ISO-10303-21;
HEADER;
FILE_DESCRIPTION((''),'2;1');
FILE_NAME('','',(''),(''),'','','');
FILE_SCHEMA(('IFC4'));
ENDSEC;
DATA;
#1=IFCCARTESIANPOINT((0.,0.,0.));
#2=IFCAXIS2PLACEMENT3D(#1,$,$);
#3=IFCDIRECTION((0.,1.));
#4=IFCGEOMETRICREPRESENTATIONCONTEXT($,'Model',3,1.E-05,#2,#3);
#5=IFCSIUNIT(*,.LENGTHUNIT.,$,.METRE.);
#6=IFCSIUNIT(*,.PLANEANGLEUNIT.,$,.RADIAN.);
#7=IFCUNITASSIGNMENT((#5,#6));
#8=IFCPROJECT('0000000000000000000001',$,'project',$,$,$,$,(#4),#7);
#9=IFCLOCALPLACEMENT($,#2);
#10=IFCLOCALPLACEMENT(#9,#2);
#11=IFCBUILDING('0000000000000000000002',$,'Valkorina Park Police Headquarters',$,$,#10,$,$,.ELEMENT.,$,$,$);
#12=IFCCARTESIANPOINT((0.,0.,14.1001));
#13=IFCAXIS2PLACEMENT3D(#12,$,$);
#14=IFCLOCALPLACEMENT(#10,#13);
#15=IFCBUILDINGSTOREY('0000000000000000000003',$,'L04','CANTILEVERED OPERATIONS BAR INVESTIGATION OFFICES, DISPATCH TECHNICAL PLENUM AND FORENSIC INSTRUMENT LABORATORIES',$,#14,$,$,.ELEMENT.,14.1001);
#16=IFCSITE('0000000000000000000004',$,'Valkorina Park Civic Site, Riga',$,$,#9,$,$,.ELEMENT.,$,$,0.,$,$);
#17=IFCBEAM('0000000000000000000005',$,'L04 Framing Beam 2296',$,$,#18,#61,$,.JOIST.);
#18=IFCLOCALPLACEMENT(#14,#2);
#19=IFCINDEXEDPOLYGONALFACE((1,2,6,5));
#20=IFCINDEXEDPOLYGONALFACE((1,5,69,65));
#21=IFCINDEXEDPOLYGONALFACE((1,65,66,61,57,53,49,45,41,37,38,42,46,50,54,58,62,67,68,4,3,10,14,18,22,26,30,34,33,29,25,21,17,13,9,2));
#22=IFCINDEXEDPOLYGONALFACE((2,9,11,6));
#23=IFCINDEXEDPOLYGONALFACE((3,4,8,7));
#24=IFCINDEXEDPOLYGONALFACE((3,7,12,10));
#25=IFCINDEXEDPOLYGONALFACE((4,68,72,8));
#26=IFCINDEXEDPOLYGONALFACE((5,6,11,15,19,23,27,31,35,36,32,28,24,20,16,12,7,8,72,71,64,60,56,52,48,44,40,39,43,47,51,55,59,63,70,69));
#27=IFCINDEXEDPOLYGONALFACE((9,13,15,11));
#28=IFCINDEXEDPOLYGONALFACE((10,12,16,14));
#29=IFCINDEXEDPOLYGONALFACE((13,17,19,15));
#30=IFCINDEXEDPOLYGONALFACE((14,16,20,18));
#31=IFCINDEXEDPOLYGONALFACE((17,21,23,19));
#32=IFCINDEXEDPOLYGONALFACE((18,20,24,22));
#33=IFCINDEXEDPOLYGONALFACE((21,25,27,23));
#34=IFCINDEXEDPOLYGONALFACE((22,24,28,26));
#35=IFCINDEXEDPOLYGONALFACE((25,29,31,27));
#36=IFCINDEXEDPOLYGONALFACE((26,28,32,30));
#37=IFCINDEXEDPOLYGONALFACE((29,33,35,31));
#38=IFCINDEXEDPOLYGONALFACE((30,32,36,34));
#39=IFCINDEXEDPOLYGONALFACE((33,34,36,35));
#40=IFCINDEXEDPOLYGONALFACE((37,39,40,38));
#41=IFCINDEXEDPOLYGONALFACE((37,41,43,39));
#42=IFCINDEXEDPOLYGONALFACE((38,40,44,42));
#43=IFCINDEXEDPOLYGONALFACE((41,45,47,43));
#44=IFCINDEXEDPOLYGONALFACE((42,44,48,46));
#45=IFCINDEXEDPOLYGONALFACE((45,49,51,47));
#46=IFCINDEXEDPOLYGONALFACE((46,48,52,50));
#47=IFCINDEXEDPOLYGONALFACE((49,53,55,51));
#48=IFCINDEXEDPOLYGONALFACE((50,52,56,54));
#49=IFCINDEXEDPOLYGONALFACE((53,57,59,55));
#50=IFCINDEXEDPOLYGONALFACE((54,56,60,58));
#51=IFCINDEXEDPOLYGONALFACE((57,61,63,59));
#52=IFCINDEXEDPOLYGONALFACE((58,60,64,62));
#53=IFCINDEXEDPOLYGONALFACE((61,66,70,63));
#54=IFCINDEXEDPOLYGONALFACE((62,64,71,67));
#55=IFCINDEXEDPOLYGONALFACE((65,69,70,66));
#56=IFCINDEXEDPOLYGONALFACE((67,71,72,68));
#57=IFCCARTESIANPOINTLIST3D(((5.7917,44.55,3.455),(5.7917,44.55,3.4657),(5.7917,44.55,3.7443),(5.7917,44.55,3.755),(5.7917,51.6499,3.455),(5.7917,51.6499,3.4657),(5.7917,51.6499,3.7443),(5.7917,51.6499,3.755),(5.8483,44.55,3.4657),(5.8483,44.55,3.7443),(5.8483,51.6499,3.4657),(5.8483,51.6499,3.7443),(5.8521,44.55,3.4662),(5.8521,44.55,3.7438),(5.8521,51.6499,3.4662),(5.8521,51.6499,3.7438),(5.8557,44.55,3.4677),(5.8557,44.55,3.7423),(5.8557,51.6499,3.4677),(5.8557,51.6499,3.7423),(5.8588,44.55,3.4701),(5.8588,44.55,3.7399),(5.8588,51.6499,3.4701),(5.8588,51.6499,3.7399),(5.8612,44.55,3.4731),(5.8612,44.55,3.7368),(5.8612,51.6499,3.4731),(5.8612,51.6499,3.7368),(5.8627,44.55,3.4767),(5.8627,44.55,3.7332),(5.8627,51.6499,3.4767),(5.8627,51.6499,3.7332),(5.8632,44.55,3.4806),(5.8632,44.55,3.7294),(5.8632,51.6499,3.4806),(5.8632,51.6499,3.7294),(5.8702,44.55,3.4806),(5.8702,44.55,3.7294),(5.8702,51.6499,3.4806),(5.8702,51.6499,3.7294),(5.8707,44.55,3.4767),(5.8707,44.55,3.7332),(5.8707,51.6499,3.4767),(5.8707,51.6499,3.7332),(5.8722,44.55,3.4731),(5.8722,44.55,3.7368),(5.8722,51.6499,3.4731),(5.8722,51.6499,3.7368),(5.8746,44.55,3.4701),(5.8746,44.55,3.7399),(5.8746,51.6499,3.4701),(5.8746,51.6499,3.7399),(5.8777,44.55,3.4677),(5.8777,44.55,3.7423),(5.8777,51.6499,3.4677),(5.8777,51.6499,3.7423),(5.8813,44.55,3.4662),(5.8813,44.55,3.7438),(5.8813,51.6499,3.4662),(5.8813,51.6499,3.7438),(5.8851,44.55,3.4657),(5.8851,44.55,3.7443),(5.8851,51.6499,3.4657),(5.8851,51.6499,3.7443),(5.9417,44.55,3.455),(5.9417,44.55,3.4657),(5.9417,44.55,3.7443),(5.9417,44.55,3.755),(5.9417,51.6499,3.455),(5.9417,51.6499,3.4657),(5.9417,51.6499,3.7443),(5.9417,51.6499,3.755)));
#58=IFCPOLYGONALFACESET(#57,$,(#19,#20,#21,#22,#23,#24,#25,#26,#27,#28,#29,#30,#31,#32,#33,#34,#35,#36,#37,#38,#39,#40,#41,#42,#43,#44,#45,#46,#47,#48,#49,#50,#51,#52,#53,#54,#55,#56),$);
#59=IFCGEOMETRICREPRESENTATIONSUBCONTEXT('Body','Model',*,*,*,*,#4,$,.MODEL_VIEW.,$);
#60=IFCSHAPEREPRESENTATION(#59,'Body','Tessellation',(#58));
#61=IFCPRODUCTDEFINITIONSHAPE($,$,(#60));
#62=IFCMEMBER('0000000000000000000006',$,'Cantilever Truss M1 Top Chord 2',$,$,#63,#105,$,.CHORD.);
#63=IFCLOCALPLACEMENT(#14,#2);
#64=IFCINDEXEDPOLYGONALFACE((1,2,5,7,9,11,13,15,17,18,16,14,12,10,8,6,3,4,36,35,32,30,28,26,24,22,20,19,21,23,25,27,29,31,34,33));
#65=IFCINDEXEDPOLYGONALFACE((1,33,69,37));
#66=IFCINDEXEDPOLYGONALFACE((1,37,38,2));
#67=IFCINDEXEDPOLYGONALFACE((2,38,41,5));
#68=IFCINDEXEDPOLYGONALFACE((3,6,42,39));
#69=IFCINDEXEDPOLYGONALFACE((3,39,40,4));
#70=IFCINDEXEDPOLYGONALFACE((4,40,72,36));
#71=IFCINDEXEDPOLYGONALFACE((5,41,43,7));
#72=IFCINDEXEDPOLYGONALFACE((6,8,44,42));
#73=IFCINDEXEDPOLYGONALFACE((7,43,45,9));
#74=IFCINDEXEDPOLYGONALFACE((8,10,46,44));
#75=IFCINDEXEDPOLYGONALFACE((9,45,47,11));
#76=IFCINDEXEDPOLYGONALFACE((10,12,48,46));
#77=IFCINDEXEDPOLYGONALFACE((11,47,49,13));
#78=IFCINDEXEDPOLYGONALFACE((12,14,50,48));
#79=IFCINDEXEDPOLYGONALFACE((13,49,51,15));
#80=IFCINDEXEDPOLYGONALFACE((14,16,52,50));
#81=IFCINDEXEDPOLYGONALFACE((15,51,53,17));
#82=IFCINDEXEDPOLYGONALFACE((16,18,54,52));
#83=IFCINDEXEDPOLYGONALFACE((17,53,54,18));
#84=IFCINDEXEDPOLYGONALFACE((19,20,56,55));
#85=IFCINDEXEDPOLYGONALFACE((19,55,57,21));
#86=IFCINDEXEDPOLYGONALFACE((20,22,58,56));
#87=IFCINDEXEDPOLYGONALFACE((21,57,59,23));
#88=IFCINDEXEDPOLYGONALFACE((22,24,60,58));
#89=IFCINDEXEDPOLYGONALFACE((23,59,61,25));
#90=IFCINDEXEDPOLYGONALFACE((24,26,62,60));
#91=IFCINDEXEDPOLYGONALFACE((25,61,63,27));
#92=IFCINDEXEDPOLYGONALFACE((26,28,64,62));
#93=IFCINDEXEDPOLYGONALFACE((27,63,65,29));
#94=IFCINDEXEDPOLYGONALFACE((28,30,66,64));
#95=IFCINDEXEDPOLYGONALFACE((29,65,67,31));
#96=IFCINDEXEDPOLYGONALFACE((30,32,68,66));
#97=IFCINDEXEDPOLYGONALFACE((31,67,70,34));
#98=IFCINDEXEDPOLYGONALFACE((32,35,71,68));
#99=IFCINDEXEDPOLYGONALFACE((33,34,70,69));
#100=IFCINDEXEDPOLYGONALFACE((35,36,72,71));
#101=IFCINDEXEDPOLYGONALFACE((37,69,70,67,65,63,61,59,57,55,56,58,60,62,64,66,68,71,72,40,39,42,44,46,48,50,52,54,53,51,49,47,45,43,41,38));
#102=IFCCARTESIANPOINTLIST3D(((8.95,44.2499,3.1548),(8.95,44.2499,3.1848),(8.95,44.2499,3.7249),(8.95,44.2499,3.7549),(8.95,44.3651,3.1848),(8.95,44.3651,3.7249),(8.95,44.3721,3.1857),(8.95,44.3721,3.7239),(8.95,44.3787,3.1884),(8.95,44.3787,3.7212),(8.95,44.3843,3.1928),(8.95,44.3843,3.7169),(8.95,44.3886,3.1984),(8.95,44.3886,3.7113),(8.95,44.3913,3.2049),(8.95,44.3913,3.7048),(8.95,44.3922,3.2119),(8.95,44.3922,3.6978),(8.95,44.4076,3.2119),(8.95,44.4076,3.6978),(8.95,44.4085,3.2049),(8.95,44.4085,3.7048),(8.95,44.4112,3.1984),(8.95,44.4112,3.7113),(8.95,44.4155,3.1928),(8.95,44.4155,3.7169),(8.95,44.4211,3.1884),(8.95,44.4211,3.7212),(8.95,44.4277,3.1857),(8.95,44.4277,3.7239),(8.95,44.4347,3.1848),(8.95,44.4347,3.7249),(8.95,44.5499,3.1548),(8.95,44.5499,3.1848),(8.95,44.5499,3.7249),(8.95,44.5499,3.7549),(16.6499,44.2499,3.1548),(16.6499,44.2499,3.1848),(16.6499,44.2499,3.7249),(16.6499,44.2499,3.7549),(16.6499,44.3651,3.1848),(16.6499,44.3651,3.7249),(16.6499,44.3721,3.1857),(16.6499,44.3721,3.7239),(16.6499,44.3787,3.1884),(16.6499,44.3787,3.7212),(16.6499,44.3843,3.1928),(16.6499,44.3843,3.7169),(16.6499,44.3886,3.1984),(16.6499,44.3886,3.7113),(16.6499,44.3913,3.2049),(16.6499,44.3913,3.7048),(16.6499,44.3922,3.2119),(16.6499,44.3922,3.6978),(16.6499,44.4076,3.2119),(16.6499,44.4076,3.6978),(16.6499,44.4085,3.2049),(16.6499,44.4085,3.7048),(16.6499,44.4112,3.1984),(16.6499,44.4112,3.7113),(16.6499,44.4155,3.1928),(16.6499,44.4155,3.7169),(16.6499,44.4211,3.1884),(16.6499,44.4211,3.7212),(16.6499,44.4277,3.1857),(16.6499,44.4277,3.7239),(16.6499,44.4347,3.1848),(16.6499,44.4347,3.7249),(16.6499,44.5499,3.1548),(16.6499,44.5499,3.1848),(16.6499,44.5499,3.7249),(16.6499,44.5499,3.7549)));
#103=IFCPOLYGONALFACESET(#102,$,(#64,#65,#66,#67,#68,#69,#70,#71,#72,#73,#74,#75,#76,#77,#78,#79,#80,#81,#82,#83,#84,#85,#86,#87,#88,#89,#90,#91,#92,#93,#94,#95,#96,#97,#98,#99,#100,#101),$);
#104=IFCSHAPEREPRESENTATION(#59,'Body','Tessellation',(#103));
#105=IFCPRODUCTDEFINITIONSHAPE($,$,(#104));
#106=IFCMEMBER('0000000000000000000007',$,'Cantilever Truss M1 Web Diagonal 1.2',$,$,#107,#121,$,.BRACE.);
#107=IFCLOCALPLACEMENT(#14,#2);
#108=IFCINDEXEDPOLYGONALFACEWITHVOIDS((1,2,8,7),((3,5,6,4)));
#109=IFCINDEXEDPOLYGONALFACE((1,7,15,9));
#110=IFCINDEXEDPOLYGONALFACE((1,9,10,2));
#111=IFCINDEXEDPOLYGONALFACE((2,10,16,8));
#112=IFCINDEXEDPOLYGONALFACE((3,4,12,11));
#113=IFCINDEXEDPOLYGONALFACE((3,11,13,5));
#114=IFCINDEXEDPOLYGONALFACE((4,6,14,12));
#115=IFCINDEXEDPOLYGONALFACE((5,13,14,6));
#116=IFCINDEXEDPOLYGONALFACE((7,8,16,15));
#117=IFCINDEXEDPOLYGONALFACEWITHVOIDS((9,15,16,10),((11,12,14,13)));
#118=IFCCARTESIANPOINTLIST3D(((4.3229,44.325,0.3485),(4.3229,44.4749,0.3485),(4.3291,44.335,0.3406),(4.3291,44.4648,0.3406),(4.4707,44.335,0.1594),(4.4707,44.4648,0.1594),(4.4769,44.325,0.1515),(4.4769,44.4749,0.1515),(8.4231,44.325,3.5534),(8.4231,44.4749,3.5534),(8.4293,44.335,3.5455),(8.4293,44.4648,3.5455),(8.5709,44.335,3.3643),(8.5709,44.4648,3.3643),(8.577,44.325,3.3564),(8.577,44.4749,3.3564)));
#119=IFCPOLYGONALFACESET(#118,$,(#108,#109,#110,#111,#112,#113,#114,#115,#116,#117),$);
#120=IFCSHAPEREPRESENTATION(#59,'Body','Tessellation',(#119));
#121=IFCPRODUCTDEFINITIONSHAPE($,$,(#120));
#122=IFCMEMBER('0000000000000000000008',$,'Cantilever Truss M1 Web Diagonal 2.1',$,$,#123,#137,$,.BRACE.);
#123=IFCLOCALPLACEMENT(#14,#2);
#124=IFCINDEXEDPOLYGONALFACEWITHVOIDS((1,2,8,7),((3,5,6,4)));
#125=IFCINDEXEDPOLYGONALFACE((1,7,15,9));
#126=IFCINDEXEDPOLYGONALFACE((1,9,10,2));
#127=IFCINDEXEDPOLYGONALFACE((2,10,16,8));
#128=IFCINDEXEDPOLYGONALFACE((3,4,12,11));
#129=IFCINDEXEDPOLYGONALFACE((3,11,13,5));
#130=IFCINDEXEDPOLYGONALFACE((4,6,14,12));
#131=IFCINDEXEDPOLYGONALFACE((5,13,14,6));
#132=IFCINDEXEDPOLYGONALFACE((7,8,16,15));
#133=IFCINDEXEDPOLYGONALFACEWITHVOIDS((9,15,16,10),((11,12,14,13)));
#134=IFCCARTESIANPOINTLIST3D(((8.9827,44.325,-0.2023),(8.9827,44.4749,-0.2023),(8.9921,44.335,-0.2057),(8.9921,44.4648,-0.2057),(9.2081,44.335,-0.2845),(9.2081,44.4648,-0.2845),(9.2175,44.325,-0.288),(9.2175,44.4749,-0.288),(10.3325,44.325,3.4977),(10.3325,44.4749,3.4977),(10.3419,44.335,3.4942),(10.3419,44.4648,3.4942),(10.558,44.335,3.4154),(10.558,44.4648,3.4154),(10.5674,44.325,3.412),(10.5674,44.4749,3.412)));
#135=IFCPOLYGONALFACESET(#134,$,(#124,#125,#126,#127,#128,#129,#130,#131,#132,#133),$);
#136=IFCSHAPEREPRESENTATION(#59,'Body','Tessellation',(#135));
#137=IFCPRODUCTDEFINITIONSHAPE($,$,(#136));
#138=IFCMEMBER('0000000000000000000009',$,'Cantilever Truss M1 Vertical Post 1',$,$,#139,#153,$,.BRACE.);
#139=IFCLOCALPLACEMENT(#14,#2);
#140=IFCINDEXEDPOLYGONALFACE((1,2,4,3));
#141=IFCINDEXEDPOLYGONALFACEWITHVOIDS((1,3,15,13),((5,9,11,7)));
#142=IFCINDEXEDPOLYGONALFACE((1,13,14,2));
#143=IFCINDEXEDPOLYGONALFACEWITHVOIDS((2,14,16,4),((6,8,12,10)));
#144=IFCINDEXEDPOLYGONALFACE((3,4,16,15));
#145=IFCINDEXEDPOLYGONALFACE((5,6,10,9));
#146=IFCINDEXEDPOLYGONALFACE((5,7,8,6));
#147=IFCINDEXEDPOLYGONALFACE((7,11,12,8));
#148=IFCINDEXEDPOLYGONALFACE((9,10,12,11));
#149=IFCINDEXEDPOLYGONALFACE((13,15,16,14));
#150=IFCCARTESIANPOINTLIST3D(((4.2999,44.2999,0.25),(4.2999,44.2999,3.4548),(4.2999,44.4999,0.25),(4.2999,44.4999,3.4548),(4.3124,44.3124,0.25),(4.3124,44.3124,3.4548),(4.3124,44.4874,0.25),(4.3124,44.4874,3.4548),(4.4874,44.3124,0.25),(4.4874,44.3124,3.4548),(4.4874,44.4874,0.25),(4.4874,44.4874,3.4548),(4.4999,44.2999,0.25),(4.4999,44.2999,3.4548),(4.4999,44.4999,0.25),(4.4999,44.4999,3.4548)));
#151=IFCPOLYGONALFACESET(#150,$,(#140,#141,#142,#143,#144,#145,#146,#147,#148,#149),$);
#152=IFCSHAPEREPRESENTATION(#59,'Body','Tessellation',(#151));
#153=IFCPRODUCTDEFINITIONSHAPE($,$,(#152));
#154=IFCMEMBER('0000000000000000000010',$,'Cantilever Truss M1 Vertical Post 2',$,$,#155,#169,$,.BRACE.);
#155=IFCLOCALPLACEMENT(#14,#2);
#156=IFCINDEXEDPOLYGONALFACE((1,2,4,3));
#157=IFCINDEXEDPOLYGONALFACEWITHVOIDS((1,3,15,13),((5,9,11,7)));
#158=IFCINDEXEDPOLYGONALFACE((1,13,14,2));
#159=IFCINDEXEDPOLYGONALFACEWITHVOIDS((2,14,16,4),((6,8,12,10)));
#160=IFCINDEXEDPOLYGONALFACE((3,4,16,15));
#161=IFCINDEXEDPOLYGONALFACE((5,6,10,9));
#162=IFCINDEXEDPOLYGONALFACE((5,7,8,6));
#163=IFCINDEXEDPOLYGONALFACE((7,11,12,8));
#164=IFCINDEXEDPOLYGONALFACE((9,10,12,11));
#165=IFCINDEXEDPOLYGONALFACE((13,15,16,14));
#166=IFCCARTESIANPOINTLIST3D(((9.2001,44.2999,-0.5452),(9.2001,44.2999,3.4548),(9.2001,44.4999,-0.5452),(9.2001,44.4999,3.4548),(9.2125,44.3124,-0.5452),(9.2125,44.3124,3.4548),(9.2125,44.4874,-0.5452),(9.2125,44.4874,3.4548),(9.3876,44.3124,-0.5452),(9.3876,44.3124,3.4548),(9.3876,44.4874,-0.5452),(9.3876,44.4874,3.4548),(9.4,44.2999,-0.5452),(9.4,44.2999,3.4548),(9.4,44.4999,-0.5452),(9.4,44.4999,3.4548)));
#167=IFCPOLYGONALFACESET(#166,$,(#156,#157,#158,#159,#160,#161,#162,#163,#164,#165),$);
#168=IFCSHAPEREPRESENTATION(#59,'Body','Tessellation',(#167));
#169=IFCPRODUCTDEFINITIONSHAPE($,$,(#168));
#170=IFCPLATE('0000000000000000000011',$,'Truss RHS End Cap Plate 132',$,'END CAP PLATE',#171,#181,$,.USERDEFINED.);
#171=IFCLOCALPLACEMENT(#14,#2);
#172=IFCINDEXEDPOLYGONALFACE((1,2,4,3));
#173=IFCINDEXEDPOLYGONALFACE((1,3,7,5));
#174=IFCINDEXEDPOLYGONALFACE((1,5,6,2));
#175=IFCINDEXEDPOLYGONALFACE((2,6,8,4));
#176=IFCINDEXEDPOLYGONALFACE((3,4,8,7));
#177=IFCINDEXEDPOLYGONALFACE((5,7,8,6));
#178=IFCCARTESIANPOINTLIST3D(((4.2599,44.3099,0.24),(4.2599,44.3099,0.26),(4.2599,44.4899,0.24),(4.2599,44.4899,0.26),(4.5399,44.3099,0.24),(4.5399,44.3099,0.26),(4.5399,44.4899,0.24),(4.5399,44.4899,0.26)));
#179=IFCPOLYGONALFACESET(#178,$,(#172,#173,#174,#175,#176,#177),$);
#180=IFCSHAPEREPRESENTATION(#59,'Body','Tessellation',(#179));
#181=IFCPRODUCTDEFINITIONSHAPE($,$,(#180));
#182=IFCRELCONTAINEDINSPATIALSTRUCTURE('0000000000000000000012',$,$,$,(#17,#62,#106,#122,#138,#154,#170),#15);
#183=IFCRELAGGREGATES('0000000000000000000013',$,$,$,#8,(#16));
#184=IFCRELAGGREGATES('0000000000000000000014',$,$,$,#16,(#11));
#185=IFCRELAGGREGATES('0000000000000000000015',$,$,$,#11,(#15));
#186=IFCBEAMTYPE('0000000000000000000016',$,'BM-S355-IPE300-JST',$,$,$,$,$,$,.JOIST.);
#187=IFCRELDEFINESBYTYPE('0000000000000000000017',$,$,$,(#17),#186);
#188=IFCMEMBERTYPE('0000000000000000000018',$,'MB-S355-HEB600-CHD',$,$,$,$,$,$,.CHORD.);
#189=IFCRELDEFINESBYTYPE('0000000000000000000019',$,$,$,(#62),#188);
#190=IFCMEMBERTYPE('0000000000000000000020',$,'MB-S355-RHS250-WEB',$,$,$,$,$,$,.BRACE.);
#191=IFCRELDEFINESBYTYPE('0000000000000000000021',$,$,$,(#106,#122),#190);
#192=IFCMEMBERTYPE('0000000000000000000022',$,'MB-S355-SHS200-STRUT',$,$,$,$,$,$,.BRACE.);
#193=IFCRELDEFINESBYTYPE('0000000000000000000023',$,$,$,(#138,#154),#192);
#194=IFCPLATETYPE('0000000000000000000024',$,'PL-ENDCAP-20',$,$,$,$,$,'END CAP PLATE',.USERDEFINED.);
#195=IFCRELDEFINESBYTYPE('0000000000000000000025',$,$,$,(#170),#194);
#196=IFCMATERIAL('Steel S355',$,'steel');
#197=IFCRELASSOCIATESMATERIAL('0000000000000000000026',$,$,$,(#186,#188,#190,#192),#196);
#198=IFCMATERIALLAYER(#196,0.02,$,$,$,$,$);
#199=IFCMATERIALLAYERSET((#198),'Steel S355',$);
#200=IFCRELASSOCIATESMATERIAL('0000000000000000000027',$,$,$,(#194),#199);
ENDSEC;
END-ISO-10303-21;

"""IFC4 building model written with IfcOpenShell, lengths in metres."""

from ifc_helpers import new_model, si_unit, direction, frame, origin, origin_2d, place, context, subcontext, project, spatial, rectangle, hollow_rectangle, i_section, extrude, material, layer, layer_set, material_profile, profile_set, type_object, element, save


model = new_model("IFC4")

# Units and contexts
model_context = context("Model", 3, precision=1e-05, world=origin(), true_north=direction((0.0, 1.0)))
body_context = subcontext(model_context, "Body", "Model", "MODEL_VIEW")
ifc_project = project(units=[si_unit("LENGTHUNIT", "METRE"), si_unit("PLANEANGLEUNIT", "RADIAN")], contexts=[model_context])

# Site, building, storey
site_placement = place(None, origin())
site = spatial("IfcSite", under=ifc_project, at=site_placement, Name="Valkorina Park Civic Site, Riga", CompositionType="ELEMENT", RefElevation=0.0)
building_placement = place(site_placement, origin())
building = spatial("IfcBuilding", under=site, at=building_placement, Name="Valkorina Park Police Headquarters", CompositionType="ELEMENT")
storey_placement = place(building_placement, frame((0.0, 0.0, 14.1001)))
storey = spatial("IfcBuildingStorey", under=building, at=storey_placement, Name="L04", Description="CANTILEVERED OPERATIONS BAR INVESTIGATION OFFICES, DISPATCH TECHNICAL PLENUM AND FORENSIC INSTRUMENT LABORATORIES", CompositionType="ELEMENT", Elevation=14.1001)

# Shared definitions
ifc_material = material(Name="Steel S355", Category="steel")

# Beam
ifc_material_profile_1 = material_profile(ifc_material, i_section(OverallWidth=0.1499, OverallDepth=0.3, WebThickness=0.0071, FlangeThickness=0.0107, FilletRadius=0.0149, at=origin_2d()), Name="IPE 300")
ifc_profile_set_1 = profile_set([ifc_material_profile_1], Name="Steel S355")
beam_type_1 = type_object("IfcBeamType", Name="BM-S355-IPE300-JST", PredefinedType="JOIST", material=ifc_profile_set_1)
for number, where, z_axis, x_axis, name in (
    (1, (5.8667, 44.55, 3.605), (0.0, 1.0, 0.0), (-1.0, 0.0, 0.0), "L04 Framing Beam 2296"),
):
    element("IfcBeam", number, at=place(storey_placement, frame(where, z_axis=z_axis, x_axis=x_axis)), inside=storey, type_object=beam_type_1, Name=name, PredefinedType="JOIST", context=body_context, shape_type="SweptSolid", body=[
        extrude(i_section(OverallWidth=0.1499, OverallDepth=0.3, WebThickness=0.0071, FlangeThickness=0.0107, FilletRadius=0.0149, at=origin_2d()), origin(), (0.0, 0.0, 1.0), 7.0999),
    ])

# Members
ifc_material_profile_2 = material_profile(ifc_material, i_section(OverallWidth=0.3, OverallDepth=0.6001, WebThickness=0.0154, FlangeThickness=0.03, FilletRadius=0.0271, at=origin_2d()), Name="HEB 600")
ifc_profile_set_2 = profile_set([ifc_material_profile_2], Name="Steel S355")
member_type_1 = type_object("IfcMemberType", Name="MB-S355-HEB600-CHD", PredefinedType="CHORD", material=ifc_profile_set_2)
member_1_placement = place(storey_placement, frame((8.95, 44.3999, 3.4548), z_axis=(1.0, 0.0, 0.0), x_axis=(0.0, 1.0, 0.0)))
element("IfcMember", 2, at=member_1_placement, inside=storey, type_object=member_type_1, Name="Cantilever Truss M1 Top Chord 2", PredefinedType="CHORD", context=body_context, shape_type="SweptSolid", body=[
    extrude(i_section(OverallWidth=0.3, OverallDepth=0.6001, WebThickness=0.0154, FlangeThickness=0.03, FilletRadius=0.0271, at=origin_2d()), origin(), (0.0, 0.0, 1.0), 7.7),
])
ifc_material_profile_3 = material_profile(ifc_material, hollow_rectangle(XDim=0.1499, YDim=0.25, WallThickness=0.01, at=origin_2d()), Name="RHS 250x150x10")
ifc_profile_set_3 = profile_set([ifc_material_profile_3], Name="Steel S355")
member_type_2 = type_object("IfcMemberType", Name="MB-S355-RHS250-WEB", PredefinedType="BRACE", material=ifc_profile_set_3)
member_2_placement = place(storey_placement, frame((4.3999, 44.3999, 0.25), z_axis=(0.787872, 0.0, 0.615839), x_axis=(0.0, 1.0, 0.0)))
element("IfcMember", 3, at=member_2_placement, inside=storey, type_object=member_type_2, Name="Cantilever Truss M1 Web Diagonal 1.2", PredefinedType="BRACE", context=body_context, shape_type="SweptSolid", body=[
    extrude(hollow_rectangle(XDim=0.1499, YDim=0.25, WallThickness=0.01, at=origin_2d()), origin(), (0.0, 0.0, 1.0), 5.2041),
])
member_3_placement = place(storey_placement, frame((9.1001, 44.3999, -0.2451), z_axis=(0.342733, 0.0, 0.939433), x_axis=(0.0, 1.0, 0.0)))
element("IfcMember", 4, at=member_3_placement, inside=storey, type_object=member_type_2, Name="Cantilever Truss M1 Web Diagonal 2.1", PredefinedType="BRACE", context=body_context, shape_type="SweptSolid", body=[
    extrude(hollow_rectangle(XDim=0.1499, YDim=0.25, WallThickness=0.01, at=origin_2d()), origin(), (0.0, 0.0, 1.0), 3.9385),
])
ifc_material_profile_4 = material_profile(ifc_material, hollow_rectangle(XDim=0.2, YDim=0.2, WallThickness=0.0125, at=origin_2d()), Name="SHS 200x200x12.5")
ifc_profile_set_4 = profile_set([ifc_material_profile_4], Name="Steel S355")
member_type_3 = type_object("IfcMemberType", Name="MB-S355-SHS200-STRUT", PredefinedType="BRACE", material=ifc_profile_set_4)
member_4_placement = place(storey_placement, frame((4.3999, 44.3999, 0.25), z_axis=(0.0, 0.0, 1.0), x_axis=(1.0, 0.0, 0.0)))
element("IfcMember", 5, at=member_4_placement, inside=storey, type_object=member_type_3, Name="Cantilever Truss M1 Vertical Post 1", PredefinedType="BRACE", context=body_context, shape_type="SweptSolid", body=[
    extrude(hollow_rectangle(XDim=0.2, YDim=0.2, WallThickness=0.0125, at=origin_2d()), origin(), (0.0, 0.0, 1.0), 3.2048),
])
member_5_placement = place(storey_placement, frame((9.3, 44.3999, -0.5452), z_axis=(0.0, 0.0, 1.0), x_axis=(1.0, 0.0, 0.0)))
element("IfcMember", 6, at=member_5_placement, inside=storey, type_object=member_type_3, Name="Cantilever Truss M1 Vertical Post 2", PredefinedType="BRACE", context=body_context, shape_type="SweptSolid", body=[
    extrude(hollow_rectangle(XDim=0.2, YDim=0.2, WallThickness=0.0125, at=origin_2d()), origin(), (0.0, 0.0, 1.0), 4.0),
])

# Plate
ifc_layer_1 = layer(ifc_material, 0.02)
ifc_layer_set_1 = layer_set([ifc_layer_1], Name="Steel S355")
plate_type_1 = type_object("IfcPlateType", Name="PL-ENDCAP-20", ElementType="END CAP PLATE", PredefinedType="USERDEFINED", material=ifc_layer_set_1)
for number, where, z_axis, x_axis, name in (
    (7, (4.3999, 44.3999, 0.24), (0.0, 0.0, 1.0), (1.0, 0.0, 0.0), "Truss RHS End Cap Plate 132"),
):
    element("IfcPlate", number, at=place(storey_placement, frame(where, z_axis=z_axis, x_axis=x_axis)), inside=storey, type_object=plate_type_1, Name=name, ObjectType="END CAP PLATE", PredefinedType="USERDEFINED", context=body_context, shape_type="SweptSolid", body=[
        extrude(rectangle(XDim=0.28, YDim=0.1799, at=origin_2d()), origin(), (0.0, 0.0, 1.0), 0.02),
    ])

save(model, "model.ifc")
